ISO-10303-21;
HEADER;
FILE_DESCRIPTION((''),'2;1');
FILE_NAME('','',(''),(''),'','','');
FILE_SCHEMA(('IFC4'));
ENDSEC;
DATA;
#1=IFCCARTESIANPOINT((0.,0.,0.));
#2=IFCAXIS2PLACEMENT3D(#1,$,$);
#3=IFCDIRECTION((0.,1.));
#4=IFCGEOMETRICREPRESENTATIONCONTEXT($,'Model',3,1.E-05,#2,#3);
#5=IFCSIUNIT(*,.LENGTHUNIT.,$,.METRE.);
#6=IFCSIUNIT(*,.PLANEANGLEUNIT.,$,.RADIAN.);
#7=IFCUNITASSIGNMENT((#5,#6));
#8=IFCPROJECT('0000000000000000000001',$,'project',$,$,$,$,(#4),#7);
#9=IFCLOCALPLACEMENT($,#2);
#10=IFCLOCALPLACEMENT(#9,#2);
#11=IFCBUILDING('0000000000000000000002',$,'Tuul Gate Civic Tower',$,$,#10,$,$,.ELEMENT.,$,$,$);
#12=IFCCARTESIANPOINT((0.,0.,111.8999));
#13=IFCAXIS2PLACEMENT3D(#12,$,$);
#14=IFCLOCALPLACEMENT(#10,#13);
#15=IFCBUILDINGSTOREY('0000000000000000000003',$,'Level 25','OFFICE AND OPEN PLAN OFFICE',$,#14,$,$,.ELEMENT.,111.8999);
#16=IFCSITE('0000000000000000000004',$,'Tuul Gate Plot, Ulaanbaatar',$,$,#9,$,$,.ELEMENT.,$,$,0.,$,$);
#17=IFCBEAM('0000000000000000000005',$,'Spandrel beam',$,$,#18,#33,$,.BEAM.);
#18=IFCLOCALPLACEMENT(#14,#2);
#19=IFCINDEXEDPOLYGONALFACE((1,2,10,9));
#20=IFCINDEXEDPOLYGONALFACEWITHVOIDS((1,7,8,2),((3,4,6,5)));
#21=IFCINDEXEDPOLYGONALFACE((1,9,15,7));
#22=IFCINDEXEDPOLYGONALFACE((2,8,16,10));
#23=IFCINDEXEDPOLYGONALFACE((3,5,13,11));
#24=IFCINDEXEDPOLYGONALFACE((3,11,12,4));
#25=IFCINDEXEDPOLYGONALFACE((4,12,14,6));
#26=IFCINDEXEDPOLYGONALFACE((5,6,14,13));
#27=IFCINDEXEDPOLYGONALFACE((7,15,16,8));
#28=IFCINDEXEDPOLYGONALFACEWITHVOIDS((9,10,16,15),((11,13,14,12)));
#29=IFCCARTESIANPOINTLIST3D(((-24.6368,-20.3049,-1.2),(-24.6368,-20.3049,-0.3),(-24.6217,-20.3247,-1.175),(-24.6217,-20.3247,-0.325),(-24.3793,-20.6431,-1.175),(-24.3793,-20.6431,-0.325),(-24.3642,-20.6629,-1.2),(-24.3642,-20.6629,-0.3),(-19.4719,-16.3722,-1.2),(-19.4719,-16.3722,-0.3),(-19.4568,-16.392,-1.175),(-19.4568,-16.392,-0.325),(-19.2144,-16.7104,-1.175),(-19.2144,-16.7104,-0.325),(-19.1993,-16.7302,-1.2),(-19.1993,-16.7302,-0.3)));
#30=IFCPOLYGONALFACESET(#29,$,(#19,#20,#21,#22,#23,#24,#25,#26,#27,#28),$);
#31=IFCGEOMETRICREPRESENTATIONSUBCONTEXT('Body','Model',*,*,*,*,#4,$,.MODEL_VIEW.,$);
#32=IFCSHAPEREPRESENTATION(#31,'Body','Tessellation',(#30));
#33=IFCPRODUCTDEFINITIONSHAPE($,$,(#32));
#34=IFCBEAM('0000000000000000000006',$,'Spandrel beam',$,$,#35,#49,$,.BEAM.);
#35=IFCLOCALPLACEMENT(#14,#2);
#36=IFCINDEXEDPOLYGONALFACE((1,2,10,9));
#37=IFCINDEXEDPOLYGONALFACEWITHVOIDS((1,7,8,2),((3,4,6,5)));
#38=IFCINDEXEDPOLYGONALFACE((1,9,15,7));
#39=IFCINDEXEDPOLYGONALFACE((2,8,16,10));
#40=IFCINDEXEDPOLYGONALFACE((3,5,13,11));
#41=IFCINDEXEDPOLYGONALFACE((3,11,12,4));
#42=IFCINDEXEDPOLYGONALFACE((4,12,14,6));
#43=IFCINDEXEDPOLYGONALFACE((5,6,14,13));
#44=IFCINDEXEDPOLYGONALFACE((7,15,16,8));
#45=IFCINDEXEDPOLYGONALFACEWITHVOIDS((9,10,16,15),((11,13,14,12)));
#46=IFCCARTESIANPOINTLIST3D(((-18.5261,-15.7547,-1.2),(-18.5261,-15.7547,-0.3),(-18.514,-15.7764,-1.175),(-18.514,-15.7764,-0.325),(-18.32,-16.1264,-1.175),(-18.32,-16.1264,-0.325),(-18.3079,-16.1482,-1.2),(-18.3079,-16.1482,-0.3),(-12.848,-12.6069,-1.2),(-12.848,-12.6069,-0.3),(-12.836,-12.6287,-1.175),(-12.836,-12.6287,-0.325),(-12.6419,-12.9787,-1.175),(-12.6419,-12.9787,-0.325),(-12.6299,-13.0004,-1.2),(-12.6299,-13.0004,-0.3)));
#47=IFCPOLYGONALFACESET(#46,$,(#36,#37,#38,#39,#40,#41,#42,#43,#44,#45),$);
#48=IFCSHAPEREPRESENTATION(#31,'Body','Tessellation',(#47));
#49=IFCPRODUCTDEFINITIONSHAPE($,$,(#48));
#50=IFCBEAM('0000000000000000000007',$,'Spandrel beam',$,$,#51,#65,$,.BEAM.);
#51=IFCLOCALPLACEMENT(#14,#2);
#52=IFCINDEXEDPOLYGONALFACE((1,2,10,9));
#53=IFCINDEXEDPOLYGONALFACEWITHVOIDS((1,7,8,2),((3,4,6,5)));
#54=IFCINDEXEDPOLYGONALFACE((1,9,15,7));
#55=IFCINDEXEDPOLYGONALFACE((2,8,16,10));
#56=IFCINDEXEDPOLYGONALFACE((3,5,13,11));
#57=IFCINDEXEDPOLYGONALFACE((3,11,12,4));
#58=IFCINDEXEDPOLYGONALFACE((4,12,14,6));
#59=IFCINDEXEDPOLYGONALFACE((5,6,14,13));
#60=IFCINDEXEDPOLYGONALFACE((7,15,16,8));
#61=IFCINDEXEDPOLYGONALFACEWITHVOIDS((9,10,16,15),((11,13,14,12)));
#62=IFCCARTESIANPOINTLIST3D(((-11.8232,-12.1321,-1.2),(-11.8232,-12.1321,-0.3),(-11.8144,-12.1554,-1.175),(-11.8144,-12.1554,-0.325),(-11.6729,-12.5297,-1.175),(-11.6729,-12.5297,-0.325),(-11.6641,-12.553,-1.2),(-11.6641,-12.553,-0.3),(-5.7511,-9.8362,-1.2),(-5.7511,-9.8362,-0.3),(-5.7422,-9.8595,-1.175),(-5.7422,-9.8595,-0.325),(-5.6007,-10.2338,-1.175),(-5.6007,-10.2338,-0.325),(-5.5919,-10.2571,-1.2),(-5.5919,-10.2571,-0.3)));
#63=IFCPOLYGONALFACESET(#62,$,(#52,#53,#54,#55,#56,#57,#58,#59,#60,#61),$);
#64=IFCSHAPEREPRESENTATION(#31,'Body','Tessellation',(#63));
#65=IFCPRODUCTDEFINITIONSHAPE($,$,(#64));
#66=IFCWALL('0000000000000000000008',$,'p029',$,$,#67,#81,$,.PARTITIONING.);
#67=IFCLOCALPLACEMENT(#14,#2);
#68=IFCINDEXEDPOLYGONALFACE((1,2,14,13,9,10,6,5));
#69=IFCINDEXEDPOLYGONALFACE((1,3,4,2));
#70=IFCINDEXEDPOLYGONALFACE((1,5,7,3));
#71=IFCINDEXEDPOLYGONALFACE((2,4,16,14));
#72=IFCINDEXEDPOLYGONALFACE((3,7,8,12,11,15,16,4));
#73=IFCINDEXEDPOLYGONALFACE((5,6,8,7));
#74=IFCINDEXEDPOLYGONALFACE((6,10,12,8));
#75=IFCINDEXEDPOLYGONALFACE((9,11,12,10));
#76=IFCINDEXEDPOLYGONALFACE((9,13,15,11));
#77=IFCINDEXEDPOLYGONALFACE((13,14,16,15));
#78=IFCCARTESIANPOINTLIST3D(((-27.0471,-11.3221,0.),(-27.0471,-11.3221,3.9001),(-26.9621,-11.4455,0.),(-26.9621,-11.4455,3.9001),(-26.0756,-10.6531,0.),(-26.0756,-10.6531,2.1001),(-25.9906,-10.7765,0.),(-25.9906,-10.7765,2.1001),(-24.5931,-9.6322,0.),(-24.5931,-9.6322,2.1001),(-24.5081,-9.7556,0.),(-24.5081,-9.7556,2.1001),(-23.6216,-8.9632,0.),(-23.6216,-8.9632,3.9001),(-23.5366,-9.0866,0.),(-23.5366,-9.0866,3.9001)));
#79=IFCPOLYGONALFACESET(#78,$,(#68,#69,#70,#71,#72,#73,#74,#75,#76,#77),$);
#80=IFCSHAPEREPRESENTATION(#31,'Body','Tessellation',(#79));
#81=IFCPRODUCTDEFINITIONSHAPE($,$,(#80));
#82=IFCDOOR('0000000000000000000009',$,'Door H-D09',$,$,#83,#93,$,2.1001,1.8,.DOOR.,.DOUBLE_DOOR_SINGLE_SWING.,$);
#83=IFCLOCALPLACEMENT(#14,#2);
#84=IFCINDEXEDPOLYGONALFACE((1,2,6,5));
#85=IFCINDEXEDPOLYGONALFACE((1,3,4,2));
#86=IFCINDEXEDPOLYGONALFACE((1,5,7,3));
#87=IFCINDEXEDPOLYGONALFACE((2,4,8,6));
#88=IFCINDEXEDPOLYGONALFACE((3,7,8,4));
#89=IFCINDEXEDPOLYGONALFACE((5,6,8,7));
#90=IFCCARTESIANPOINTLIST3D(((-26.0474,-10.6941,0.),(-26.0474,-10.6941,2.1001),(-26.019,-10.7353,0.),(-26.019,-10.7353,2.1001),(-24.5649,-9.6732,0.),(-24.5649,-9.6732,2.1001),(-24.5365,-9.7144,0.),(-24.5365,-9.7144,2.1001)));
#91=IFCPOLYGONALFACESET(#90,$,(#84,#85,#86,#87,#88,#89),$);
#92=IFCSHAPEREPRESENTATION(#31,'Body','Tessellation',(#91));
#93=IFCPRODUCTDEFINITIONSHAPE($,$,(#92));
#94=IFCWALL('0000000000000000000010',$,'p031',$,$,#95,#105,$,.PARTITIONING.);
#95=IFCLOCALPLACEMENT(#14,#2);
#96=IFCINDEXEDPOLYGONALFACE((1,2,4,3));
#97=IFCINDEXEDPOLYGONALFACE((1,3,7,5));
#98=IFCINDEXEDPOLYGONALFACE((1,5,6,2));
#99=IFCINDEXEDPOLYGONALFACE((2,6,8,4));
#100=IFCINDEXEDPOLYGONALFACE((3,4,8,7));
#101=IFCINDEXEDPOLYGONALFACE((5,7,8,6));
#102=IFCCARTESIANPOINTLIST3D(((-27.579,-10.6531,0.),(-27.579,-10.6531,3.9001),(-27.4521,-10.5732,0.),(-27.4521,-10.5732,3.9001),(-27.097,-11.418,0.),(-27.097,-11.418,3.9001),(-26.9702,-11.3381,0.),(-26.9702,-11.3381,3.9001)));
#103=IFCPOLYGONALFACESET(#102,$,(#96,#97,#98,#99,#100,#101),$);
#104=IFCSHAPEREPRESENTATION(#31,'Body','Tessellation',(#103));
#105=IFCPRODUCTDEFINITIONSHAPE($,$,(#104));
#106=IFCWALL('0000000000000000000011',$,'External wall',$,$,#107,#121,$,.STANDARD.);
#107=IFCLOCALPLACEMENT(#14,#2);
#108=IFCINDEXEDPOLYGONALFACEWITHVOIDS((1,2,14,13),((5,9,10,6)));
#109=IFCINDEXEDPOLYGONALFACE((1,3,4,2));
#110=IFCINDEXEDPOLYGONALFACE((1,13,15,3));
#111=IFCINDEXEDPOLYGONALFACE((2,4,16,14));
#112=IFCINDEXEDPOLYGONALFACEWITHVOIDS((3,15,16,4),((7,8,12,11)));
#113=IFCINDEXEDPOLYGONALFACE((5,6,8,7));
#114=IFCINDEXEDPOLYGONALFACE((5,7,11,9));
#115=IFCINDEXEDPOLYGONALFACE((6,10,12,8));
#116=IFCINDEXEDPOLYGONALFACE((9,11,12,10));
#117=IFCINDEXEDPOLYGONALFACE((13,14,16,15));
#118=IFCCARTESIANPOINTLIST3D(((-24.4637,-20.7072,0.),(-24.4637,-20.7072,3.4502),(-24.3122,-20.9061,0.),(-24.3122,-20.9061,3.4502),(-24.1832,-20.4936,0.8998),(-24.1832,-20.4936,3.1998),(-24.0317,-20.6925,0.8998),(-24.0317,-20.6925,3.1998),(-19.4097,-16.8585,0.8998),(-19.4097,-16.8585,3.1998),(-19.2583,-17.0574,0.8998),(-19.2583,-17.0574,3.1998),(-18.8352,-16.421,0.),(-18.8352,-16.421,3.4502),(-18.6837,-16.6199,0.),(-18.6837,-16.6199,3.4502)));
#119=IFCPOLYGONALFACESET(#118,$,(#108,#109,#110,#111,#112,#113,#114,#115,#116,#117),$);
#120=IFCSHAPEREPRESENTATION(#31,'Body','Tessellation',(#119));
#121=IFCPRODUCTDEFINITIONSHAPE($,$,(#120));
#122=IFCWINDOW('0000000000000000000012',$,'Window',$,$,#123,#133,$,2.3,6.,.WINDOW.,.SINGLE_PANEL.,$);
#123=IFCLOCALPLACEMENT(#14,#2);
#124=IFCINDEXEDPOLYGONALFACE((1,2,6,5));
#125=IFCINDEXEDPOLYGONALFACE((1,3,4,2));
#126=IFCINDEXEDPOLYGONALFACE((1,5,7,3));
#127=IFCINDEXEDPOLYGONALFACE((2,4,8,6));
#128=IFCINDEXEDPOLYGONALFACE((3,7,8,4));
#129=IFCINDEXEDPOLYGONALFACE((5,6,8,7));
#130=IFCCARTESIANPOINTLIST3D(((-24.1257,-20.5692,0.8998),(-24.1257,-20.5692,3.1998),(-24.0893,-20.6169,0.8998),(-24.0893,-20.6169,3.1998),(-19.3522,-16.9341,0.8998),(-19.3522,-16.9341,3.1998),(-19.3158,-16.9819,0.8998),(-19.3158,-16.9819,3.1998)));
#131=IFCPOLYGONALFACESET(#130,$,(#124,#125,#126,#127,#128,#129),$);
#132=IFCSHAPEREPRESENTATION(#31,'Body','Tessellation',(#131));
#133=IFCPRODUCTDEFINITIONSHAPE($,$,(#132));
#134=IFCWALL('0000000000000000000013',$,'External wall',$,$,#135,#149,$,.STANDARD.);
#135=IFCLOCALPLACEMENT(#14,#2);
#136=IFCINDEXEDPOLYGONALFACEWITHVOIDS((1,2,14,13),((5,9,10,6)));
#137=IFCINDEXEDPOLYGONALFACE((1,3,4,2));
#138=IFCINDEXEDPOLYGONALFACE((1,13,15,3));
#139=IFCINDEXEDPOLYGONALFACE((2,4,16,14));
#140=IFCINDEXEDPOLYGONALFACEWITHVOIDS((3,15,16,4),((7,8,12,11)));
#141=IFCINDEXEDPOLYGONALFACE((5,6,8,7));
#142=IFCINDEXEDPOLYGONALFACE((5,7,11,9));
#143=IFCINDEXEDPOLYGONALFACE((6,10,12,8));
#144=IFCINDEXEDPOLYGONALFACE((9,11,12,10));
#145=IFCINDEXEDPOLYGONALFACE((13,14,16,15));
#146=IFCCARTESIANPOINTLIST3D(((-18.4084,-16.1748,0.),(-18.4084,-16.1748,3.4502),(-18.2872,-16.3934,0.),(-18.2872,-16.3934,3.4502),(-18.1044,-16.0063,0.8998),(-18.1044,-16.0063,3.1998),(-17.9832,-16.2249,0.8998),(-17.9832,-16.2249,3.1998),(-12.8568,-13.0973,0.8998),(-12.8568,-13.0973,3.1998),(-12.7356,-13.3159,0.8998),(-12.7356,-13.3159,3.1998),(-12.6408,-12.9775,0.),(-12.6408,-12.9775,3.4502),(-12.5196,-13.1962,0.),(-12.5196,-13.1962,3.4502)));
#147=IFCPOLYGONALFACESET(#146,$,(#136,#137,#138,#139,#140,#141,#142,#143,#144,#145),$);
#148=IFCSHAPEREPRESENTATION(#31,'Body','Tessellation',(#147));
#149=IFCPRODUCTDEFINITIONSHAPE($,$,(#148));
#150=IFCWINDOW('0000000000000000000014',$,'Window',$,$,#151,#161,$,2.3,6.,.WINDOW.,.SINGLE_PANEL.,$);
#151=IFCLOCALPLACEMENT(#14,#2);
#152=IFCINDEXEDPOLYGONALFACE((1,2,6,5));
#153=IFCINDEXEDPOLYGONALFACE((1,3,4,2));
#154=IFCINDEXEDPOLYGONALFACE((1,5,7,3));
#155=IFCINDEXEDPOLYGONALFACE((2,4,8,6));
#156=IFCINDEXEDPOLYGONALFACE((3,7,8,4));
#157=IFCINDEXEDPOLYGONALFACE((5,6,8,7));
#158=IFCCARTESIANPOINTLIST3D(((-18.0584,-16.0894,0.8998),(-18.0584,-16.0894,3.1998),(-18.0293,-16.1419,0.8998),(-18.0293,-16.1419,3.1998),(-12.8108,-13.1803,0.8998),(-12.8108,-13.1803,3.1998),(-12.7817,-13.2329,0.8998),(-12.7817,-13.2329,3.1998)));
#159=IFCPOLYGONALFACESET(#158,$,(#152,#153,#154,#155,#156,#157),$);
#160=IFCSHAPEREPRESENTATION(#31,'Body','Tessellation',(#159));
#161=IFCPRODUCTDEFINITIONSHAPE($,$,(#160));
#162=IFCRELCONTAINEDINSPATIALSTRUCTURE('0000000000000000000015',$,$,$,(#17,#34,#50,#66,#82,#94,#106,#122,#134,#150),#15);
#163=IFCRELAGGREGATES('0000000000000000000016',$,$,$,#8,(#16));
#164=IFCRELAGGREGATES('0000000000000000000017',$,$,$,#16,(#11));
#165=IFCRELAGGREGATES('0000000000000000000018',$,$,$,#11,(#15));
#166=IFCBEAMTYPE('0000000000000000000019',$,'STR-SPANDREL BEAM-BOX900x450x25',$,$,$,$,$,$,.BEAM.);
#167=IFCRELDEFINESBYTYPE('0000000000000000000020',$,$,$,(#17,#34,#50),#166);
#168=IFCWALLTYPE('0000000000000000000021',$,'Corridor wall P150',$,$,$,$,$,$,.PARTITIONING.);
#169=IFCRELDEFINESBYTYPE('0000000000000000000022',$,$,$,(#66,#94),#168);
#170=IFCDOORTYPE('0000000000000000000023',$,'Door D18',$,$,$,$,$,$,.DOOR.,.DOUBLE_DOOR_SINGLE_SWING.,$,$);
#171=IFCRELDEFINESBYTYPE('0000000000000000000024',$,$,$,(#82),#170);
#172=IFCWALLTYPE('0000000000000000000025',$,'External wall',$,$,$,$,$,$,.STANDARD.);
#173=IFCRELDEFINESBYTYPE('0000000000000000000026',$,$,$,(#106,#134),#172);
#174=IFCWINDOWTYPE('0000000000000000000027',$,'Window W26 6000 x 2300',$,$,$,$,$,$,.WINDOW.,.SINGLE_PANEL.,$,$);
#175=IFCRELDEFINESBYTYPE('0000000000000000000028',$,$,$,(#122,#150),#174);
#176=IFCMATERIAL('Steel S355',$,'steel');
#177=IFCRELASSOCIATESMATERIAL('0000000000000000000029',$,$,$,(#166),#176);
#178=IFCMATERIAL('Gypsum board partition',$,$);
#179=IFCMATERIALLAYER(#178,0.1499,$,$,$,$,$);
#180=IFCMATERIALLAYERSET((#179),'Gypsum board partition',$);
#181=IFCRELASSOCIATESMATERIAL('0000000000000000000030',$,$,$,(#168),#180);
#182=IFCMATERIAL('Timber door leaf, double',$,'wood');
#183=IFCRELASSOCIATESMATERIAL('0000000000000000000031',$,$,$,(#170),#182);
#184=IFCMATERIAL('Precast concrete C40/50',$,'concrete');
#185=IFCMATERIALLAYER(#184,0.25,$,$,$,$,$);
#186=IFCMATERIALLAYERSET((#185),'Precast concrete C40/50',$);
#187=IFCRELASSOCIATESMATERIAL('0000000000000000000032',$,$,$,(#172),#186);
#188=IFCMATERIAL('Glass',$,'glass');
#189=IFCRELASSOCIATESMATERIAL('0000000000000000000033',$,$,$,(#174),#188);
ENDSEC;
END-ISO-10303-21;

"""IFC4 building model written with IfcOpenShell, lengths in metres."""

from ifc_helpers import new_model, si_unit, direction, frame, frame_2d, origin, origin_2d, place, context, subcontext, project, spatial, rectangle, hollow_rectangle, extrude, material, layer, layer_set, material_profile, profile_set, type_object, element, fill, save


model = new_model("IFC4")

# Units and contexts
model_context = context("Model", 3, precision=1e-05, world=origin(), true_north=direction((0.0, 1.0)))
body_context = subcontext(model_context, "Body", "Model", "MODEL_VIEW")
ifc_project = project(units=[si_unit("LENGTHUNIT", "METRE"), si_unit("PLANEANGLEUNIT", "RADIAN")], contexts=[model_context])

# Site, building, storey
site_placement = place(None, origin())
site = spatial("IfcSite", under=ifc_project, at=site_placement, Name="Tuul Gate Plot, Ulaanbaatar", CompositionType="ELEMENT", RefElevation=0.0)
building_placement = place(site_placement, origin())
building = spatial("IfcBuilding", under=site, at=building_placement, Name="Tuul Gate Civic Tower", CompositionType="ELEMENT")
storey_placement = place(building_placement, frame((0.0, 0.0, 111.8999)))
storey = spatial("IfcBuildingStorey", under=building, at=storey_placement, Name="Level 25", Description="OFFICE AND OPEN PLAN OFFICE", CompositionType="ELEMENT", Elevation=111.8999)

# Beams
ifc_material_1 = material(Name="Steel S355", Category="steel")
ifc_material_profile_1 = material_profile(ifc_material_1, hollow_rectangle(XDim=0.45, YDim=0.8999, WallThickness=0.0249, at=origin_2d()), Name="BOX900x450x25")
ifc_profile_set_1 = profile_set([ifc_material_profile_1], Name="Steel S355")
beam_type_1 = type_object("IfcBeamType", Name="STR-SPANDREL BEAM-BOX900x450x25", PredefinedType="BEAM", material=ifc_profile_set_1)
beam_1_placement = place(storey_placement, frame((-24.5005, -20.4839, -0.75), z_axis=(0.795615, 0.605803, 0.0), x_axis=(-0.605803, 0.795615, 0.0)))
element("IfcBeam", 1, at=beam_1_placement, inside=storey, type_object=beam_type_1, Name="Spandrel beam", PredefinedType="BEAM", context=body_context, shape_type="SweptSolid", body=[
    extrude(hollow_rectangle(XDim=0.45, YDim=0.8999, WallThickness=0.0249, at=origin_2d()), origin(), (0.0, 0.0, 1.0), 6.4917),
])
beam_2_placement = place(storey_placement, frame((-18.417, -15.9514, -0.75), z_axis=(0.874597, 0.484851, 0.0), x_axis=(-0.484851, 0.874597, 0.0)))
element("IfcBeam", 2, at=beam_2_placement, inside=storey, type_object=beam_type_1, Name="Spandrel beam", PredefinedType="BEAM", context=body_context, shape_type="SweptSolid", body=[
    extrude(hollow_rectangle(XDim=0.45, YDim=0.8999, WallThickness=0.0249, at=origin_2d()), origin(), (0.0, 0.0, 1.0), 6.4922),
])
beam_3_placement = place(storey_placement, frame((-11.7437, -12.3425, -0.75), z_axis=(0.935374, 0.353661, 0.0), x_axis=(-0.353661, 0.935374, 0.0)))
element("IfcBeam", 3, at=beam_3_placement, inside=storey, type_object=beam_type_1, Name="Spandrel beam", PredefinedType="BEAM", context=body_context, shape_type="SweptSolid", body=[
    extrude(hollow_rectangle(XDim=0.45, YDim=0.8999, WallThickness=0.0249, at=origin_2d()), origin(), (0.0, 0.0, 1.0), 6.4917),
])

# Wall, opening, door
ifc_material_2 = material(Name="Gypsum board partition")
ifc_layer_1 = layer(ifc_material_2, 0.1499)
ifc_layer_set_1 = layer_set([ifc_layer_1], Name="Gypsum board partition")
wall_type_1 = type_object("IfcWallType", Name="Corridor wall P150", PredefinedType="PARTITIONING", material=ifc_layer_set_1)
wall_1_placement = place(storey_placement, frame((-27.0046, -11.3838, 0.0), z_axis=(0.0, 0.0, 1.0), x_axis=(0.823612, 0.567154, 0.0)))
wall_1 = element("IfcWall", 4, at=wall_1_placement, inside=storey, type_object=wall_type_1, Name="p029", PredefinedType="PARTITIONING", context=body_context, shape_type="SweptSolid", body=[
    extrude(rectangle(XDim=4.1592, YDim=0.1499, at=frame_2d((2.0796, 0.0))), origin(), (0.0, 0.0, 1.0), 3.9001),
])
opening_1_placement = place(wall_1_placement, frame((1.1797, 0.0, 0.0)))
opening_1 = element("IfcOpeningElement", 5, at=opening_1_placement, cuts=wall_1, PredefinedType="OPENING", context=body_context, shape_type="SweptSolid", body=[
    extrude(rectangle(XDim=1.8, YDim=2.1001, at=frame_2d((0.8999, 1.05))), frame((0.0, 0.085, 0.0), z_axis=(0.0, -1.0, 0.0), x_axis=(1.0, 0.0, 0.0)), (0.0, 0.0, 1.0), 0.1699),
])
ifc_material_3 = material(Name="Timber door leaf, double", Category="wood")
door_type = type_object("IfcDoorType", Name="Door D18", OperationType="DOUBLE_DOOR_SINGLE_SWING", PredefinedType="DOOR", material=ifc_material_3)
door_placement = place(opening_1_placement, frame((1.8, 0.0, 0.0), z_axis=(0.0, 0.0, 1.0), x_axis=(-1.0, 0.0, 0.0)))
door = element("IfcDoor", 6, at=door_placement, inside=storey, type_object=door_type, Name="Door H-D09", OperationType="DOUBLE_DOOR_SINGLE_SWING", OverallHeight=2.1001, OverallWidth=1.8, PredefinedType="DOOR", context=body_context, shape_type="SweptSolid", body=[
    extrude(rectangle(XDim=1.8, YDim=2.1001, at=frame_2d((0.9001, 1.05))), frame((0.0, 0.0249, 0.0), z_axis=(0.0, -1.0, 0.0), x_axis=(1.0, 0.0, 0.0)), (0.0, 0.0, 1.0), 0.05),
])
fill(opening_1, door)

# Wall
wall_2_placement = place(storey_placement, frame((-27.5156, -10.613, 0.0), z_axis=(0.0, 0.0, 1.0), x_axis=(0.533078, -0.846066, 0.0)))
element("IfcWall", 7, at=wall_2_placement, inside=storey, type_object=wall_type_1, Name="p031", PredefinedType="PARTITIONING", context=body_context, shape_type="SweptSolid", body=[
    extrude(rectangle(XDim=0.9041, YDim=0.1499, at=frame_2d((0.4521, 0.0))), origin(), (0.0, 0.0, 1.0), 3.9001),
])

# Walls, openings, windows
ifc_material_4 = material(Name="Precast concrete C40/50", Category="concrete")
ifc_layer_2 = layer(ifc_material_4, 0.25)
ifc_layer_set_2 = layer_set([ifc_layer_2], Name="Precast concrete C40/50")
wall_type_2 = type_object("IfcWallType", Name="External wall", PredefinedType="STANDARD", material=ifc_layer_set_2)
wall_3_placement = place(storey_placement, frame((-24.3879, -20.8066, 0.0), z_axis=(0.0, 0.0, 1.0), x_axis=(0.795581, 0.605848, 0.0)))
wall_3 = element("IfcWall", 8, at=wall_3_placement, inside=storey, type_object=wall_type_2, Name="External wall", PredefinedType="STANDARD", context=body_context, shape_type="SweptSolid", body=[
    extrude(rectangle(XDim=7.0747, YDim=0.25, at=frame_2d((3.5374, 0.0))), origin(), (0.0, 0.0, 1.0), 3.4502),
])
opening_2_placement = place(wall_3_placement, frame((0.3525, 0.0, 0.8999)))
opening_2 = element("IfcOpeningElement", 9, at=opening_2_placement, cuts=wall_3, PredefinedType="OPENING", context=body_context, shape_type="SweptSolid", body=[
    extrude(rectangle(XDim=6.0, YDim=2.3, at=frame_2d((3.0, 1.1499))), frame((0.0, 0.135, 0.0), z_axis=(0.0, -1.0, 0.0), x_axis=(1.0, 0.0, 0.0)), (0.0, 0.0, 1.0), 0.27),
])
ifc_material_5 = material(Name="Glass", Category="glass")
window_type = type_object("IfcWindowType", Name="Window W26 6000 x 2300", PartitioningType="SINGLE_PANEL", PredefinedType="WINDOW", material=ifc_material_5)
window_1_placement = place(opening_2_placement, origin())
window_1 = element("IfcWindow", 10, at=window_1_placement, inside=storey, type_object=window_type, Name="Window", OverallHeight=2.3, OverallWidth=6.0, PartitioningType="SINGLE_PANEL", PredefinedType="WINDOW", context=body_context, shape_type="SweptSolid", body=[
    extrude(rectangle(XDim=6.0, YDim=2.3, at=frame_2d((3.0, 1.1499))), frame((0.0, 0.03, 0.0), z_axis=(0.0, -1.0, 0.0), x_axis=(1.0, 0.0, 0.0)), (0.0, 0.0, 1.0), 0.0601),
])
fill(opening_2, window_1)
wall_4_placement = place(storey_placement, frame((-18.3479, -16.2842, 0.0), z_axis=(0.0, 0.0, 1.0), x_axis=(0.874604, 0.484838, 0.0)))
wall_4 = element("IfcWall", 11, at=wall_4_placement, inside=storey, type_object=wall_type_2, Name="External wall", PredefinedType="STANDARD", context=body_context, shape_type="SweptSolid", body=[
    extrude(rectangle(XDim=6.5945, YDim=0.25, at=frame_2d((3.2974, 0.0))), origin(), (0.0, 0.0, 1.0), 3.4502),
])
opening_3_placement = place(wall_4_placement, frame((0.3477, 0.0, 0.8999)))
opening_3 = element("IfcOpeningElement", 12, at=opening_3_placement, cuts=wall_4, PredefinedType="OPENING", context=body_context, shape_type="SweptSolid", body=[
    extrude(rectangle(XDim=6.0, YDim=2.3, at=frame_2d((3.0, 1.1499))), frame((0.0, 0.135, 0.0), z_axis=(0.0, -1.0, 0.0), x_axis=(1.0, 0.0, 0.0)), (0.0, 0.0, 1.0), 0.27),
])
window_2_placement = place(opening_3_placement, origin())
window_2 = element("IfcWindow", 13, at=window_2_placement, inside=storey, type_object=window_type, Name="Window", OverallHeight=2.3, OverallWidth=6.0, PartitioningType="SINGLE_PANEL", PredefinedType="WINDOW", context=body_context, shape_type="SweptSolid", body=[
    extrude(rectangle(XDim=6.0, YDim=2.3, at=frame_2d((3.0, 1.1499))), frame((0.0, 0.03, 0.0), z_axis=(0.0, -1.0, 0.0), x_axis=(1.0, 0.0, 0.0)), (0.0, 0.0, 1.0), 0.0601),
])
fill(opening_3, window_2)

save(model, "model.ifc")
